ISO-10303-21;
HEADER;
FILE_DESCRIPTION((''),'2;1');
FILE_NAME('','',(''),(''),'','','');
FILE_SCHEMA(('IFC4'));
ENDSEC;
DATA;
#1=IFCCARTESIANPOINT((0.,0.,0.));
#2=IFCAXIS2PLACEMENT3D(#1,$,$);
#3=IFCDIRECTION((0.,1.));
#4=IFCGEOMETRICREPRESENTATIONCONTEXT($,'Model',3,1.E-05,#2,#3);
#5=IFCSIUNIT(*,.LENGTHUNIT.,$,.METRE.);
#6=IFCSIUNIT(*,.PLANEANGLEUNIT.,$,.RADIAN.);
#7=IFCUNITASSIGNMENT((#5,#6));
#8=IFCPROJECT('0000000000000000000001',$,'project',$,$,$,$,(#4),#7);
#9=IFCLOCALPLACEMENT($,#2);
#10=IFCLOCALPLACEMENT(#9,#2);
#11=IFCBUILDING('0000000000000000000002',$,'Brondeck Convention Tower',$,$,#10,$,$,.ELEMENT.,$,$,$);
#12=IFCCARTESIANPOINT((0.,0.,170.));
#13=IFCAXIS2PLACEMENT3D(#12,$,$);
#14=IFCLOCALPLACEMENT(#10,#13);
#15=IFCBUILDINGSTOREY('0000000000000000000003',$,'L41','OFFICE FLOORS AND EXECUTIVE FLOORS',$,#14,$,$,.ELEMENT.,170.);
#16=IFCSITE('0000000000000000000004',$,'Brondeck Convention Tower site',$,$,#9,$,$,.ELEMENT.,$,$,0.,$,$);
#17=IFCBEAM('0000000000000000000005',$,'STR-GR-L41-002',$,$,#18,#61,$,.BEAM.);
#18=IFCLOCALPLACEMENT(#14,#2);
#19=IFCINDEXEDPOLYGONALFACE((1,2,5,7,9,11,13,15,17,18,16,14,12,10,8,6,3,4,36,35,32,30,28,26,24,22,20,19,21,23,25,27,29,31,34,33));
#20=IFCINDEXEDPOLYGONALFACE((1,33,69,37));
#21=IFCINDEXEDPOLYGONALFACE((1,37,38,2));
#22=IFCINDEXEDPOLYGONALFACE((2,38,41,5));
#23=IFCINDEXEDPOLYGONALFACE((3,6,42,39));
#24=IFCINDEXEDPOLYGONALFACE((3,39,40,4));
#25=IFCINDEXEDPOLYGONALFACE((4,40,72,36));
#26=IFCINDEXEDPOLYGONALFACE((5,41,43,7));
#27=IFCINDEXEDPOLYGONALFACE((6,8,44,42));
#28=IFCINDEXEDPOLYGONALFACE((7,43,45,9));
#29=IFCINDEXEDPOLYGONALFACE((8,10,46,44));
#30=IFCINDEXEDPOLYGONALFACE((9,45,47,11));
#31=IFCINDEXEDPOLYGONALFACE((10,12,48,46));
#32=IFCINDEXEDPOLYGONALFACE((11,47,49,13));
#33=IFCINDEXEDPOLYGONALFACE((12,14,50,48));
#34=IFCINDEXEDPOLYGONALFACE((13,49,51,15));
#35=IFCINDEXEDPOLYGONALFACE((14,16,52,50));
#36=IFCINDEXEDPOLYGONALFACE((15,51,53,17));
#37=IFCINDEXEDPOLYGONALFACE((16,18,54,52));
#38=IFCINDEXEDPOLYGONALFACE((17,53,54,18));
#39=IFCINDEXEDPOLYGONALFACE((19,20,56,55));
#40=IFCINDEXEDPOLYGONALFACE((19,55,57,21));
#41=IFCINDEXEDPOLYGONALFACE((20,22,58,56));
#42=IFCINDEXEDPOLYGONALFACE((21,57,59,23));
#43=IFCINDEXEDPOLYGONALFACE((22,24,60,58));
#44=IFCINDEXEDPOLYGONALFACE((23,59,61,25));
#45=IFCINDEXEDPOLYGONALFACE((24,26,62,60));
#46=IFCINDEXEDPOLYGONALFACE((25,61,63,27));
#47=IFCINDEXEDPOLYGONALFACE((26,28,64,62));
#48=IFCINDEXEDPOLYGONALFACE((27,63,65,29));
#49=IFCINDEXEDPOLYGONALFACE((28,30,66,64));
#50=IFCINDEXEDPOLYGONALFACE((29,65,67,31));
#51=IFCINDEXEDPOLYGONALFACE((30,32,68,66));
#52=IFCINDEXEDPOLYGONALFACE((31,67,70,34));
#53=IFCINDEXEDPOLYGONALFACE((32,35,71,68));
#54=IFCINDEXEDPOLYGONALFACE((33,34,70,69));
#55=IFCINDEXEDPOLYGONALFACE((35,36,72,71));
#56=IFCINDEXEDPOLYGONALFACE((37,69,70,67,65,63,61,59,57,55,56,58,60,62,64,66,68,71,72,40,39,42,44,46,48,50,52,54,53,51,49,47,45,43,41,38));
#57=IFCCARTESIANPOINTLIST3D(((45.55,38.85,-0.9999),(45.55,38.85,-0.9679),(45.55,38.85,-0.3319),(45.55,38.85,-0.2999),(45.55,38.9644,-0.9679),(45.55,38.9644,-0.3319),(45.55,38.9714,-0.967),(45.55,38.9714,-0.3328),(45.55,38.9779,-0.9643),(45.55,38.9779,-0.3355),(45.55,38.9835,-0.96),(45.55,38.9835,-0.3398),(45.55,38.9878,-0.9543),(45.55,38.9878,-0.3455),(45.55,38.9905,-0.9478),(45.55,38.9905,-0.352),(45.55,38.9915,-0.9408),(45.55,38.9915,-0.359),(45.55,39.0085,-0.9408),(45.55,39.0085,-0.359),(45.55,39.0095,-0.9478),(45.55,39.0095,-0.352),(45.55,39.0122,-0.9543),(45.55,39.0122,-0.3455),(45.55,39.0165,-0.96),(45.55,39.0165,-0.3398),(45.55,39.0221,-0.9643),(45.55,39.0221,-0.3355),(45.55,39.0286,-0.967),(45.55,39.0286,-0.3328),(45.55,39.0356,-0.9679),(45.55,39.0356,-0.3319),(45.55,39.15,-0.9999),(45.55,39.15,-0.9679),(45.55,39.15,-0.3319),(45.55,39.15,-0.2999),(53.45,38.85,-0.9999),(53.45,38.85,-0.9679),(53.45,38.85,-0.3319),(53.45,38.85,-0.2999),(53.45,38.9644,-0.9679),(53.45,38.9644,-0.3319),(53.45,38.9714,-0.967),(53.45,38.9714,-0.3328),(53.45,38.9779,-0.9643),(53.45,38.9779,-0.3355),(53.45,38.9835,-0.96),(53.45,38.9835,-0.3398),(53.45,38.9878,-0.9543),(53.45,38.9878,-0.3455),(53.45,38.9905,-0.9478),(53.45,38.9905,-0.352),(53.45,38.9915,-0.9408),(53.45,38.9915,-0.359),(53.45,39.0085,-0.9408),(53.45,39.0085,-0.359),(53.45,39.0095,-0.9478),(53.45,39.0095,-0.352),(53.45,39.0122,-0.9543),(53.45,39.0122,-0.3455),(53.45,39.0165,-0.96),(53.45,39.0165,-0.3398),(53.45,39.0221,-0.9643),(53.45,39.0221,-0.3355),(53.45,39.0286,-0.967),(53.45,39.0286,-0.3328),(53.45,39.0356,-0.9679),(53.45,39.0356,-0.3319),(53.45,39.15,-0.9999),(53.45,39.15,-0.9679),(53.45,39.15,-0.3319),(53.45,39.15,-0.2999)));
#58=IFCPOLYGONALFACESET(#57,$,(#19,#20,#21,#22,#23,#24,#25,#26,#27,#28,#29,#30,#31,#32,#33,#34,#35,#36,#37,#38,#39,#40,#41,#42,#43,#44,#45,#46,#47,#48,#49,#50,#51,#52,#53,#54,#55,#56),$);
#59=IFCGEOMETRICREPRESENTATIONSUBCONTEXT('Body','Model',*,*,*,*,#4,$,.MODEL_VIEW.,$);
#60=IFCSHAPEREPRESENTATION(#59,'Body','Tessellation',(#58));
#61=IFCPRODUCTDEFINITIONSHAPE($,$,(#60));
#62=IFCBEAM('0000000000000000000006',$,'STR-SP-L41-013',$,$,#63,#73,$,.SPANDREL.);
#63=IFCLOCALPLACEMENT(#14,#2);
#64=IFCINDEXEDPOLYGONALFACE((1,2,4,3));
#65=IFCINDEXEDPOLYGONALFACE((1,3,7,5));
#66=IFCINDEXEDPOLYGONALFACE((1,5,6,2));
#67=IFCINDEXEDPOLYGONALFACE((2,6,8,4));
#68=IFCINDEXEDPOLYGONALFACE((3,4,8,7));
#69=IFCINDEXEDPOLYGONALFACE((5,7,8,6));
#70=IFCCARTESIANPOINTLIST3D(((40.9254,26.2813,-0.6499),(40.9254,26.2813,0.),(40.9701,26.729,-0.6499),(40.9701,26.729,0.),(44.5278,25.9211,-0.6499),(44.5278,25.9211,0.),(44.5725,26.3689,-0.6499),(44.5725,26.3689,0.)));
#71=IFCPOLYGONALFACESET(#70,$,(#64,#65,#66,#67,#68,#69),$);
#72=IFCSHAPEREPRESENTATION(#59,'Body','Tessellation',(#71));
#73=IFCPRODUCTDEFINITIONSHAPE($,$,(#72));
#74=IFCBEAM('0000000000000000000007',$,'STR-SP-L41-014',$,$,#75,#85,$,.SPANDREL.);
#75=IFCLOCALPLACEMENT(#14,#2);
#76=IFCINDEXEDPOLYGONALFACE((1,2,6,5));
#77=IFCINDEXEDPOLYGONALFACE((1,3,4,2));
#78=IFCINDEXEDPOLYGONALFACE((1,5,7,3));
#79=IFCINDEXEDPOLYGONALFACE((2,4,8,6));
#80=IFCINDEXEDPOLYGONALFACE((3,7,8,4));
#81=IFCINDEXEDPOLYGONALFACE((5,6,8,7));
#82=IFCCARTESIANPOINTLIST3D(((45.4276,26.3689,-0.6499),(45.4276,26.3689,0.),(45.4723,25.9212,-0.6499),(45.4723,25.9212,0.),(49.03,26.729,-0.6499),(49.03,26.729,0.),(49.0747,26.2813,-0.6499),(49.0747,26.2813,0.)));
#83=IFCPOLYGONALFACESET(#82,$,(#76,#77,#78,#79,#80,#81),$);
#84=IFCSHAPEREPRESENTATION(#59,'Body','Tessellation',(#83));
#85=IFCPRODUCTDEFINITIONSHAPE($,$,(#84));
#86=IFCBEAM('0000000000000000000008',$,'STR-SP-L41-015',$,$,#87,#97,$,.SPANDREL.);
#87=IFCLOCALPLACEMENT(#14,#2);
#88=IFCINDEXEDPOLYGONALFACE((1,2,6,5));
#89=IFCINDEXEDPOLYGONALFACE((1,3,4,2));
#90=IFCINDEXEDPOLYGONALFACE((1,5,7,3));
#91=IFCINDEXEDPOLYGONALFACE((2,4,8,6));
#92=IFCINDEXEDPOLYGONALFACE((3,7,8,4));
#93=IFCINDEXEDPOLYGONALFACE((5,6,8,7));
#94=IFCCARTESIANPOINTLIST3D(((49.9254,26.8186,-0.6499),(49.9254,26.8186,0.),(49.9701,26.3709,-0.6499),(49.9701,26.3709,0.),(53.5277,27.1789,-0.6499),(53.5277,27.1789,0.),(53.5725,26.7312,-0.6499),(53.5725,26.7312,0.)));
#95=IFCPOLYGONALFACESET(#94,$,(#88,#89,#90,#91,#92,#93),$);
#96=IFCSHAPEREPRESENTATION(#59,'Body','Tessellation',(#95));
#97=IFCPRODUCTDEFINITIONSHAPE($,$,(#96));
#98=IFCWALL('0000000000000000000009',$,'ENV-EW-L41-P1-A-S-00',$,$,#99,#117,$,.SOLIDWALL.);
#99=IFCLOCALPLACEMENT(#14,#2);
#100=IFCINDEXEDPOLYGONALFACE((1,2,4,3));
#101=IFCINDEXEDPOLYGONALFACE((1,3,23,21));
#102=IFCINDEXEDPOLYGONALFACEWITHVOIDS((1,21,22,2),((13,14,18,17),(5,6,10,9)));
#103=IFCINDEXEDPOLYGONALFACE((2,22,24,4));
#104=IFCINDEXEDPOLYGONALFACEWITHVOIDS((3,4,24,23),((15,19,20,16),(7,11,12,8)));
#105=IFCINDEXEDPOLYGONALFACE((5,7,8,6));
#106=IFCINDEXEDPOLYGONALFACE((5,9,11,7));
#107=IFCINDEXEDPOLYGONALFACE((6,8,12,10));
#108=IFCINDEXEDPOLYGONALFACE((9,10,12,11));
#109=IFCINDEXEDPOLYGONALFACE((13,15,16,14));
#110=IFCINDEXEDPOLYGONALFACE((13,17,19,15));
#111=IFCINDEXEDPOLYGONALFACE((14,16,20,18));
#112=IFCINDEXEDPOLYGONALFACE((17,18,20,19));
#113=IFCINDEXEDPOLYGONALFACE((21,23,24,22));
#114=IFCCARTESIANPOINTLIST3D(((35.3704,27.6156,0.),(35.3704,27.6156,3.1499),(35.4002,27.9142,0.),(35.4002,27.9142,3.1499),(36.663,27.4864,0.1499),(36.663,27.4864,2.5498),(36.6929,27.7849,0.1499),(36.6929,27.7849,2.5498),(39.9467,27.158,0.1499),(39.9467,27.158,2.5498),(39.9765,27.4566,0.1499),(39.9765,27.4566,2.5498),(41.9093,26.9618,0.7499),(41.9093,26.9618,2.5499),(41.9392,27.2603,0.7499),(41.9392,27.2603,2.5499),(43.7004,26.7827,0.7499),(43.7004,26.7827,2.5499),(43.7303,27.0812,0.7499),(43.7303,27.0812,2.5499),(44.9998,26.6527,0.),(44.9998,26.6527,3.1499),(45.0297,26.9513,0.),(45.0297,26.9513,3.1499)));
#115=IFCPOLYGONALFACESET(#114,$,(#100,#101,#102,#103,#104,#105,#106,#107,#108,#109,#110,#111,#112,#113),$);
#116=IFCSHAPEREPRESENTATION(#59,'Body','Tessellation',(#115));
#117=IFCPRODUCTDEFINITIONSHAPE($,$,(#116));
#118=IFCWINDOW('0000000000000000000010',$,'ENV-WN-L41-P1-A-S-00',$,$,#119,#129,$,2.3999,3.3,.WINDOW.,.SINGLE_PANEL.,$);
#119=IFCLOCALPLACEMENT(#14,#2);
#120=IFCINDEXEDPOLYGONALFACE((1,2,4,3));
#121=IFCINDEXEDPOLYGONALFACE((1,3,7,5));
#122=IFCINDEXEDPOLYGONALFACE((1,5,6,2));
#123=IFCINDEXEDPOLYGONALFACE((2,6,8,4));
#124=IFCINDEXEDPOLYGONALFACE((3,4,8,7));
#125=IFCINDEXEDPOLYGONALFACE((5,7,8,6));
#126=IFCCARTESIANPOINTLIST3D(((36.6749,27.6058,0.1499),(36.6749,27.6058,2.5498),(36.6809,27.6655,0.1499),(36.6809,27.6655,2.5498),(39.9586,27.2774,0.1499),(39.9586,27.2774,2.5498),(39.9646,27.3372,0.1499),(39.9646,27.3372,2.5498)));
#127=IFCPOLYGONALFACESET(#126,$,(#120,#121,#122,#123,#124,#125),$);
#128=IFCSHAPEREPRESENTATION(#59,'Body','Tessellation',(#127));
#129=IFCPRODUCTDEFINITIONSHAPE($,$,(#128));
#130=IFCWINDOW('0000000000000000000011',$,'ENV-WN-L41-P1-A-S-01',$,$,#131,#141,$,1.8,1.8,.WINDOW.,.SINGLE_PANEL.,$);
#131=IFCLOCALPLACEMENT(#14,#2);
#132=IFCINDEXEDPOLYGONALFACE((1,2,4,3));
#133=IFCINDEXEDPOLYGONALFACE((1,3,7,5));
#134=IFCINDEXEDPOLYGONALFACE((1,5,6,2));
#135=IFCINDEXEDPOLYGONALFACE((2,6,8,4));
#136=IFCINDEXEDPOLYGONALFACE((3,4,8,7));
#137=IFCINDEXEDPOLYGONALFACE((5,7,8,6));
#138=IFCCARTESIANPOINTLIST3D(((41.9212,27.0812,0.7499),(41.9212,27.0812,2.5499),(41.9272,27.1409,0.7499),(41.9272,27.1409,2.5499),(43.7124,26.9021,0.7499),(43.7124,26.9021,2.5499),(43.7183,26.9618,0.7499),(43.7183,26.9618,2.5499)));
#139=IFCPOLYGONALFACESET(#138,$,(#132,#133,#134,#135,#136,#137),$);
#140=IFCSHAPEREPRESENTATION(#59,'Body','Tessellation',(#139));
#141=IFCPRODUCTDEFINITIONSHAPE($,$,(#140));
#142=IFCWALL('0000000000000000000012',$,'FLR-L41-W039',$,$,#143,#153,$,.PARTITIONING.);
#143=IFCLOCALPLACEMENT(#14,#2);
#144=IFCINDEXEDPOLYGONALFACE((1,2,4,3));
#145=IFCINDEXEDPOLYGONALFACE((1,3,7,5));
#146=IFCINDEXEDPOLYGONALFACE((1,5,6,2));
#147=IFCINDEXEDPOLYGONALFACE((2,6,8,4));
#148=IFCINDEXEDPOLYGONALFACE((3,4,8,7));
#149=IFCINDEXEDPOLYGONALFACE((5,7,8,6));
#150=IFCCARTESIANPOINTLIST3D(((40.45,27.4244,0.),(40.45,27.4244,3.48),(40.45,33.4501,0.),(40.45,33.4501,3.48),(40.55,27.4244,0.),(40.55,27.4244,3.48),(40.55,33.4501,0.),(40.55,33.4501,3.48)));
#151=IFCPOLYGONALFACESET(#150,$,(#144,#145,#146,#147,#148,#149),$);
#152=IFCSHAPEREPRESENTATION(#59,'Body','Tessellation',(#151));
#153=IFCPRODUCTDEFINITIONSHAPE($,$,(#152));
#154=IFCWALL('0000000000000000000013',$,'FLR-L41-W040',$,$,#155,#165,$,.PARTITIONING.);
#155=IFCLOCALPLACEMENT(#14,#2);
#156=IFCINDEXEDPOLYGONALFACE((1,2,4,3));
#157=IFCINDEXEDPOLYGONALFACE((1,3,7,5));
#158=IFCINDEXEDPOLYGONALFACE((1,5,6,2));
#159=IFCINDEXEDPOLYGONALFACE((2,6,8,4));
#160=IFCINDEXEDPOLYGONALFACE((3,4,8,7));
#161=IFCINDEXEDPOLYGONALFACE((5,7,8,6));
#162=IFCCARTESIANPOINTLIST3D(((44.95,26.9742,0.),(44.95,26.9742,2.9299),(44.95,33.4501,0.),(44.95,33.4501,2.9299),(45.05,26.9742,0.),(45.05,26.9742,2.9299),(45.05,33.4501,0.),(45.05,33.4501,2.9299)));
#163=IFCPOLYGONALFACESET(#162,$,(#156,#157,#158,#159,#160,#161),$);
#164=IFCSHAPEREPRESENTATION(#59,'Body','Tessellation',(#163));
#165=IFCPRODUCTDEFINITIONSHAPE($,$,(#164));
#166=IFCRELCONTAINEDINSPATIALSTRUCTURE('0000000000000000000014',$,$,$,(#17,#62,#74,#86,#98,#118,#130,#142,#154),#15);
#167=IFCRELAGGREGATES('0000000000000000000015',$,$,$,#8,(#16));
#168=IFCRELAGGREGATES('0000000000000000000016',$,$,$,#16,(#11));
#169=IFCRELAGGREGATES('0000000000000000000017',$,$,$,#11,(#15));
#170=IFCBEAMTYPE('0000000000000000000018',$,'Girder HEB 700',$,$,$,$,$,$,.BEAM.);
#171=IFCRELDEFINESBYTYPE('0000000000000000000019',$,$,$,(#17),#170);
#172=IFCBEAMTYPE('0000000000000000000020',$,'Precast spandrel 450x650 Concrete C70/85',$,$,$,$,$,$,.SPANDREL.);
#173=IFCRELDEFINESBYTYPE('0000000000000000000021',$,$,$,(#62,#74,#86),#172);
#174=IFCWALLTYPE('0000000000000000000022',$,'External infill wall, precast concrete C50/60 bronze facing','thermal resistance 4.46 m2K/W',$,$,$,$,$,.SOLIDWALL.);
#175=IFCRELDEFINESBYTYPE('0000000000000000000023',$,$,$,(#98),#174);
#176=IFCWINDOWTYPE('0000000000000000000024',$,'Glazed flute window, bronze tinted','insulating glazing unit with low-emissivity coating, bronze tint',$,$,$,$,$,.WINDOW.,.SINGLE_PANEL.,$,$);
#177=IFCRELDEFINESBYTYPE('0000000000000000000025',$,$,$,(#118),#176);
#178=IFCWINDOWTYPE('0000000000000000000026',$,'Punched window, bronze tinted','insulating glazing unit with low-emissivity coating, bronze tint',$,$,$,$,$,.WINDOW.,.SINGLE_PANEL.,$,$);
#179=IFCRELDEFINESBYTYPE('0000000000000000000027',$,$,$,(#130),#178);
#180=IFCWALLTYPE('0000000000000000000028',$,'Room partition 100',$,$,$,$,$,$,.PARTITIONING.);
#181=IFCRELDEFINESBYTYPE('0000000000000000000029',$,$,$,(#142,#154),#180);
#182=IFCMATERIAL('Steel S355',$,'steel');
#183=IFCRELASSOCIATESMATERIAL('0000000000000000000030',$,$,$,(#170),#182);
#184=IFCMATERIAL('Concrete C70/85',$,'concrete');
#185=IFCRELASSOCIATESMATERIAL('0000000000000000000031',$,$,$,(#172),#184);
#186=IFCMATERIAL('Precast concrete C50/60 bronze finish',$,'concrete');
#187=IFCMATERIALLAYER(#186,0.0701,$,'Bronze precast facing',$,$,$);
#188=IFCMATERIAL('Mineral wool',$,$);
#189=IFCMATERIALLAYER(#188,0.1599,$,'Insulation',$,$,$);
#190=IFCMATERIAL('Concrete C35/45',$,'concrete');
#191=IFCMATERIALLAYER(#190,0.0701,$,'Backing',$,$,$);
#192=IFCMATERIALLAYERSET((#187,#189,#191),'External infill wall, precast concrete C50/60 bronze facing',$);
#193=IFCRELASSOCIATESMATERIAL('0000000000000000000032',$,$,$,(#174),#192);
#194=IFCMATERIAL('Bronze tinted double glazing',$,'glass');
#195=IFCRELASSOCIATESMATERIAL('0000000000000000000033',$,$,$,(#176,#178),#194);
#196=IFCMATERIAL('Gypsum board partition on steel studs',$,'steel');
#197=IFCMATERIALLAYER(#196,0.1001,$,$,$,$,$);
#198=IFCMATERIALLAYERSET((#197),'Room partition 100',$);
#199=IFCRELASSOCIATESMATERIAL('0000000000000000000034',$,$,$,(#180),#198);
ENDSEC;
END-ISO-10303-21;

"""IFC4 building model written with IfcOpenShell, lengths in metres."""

from ifc_helpers import new_model, si_unit, direction, frame, frame_2d, origin, origin_2d, place, context, subcontext, project, spatial, rectangle, i_section, extrude, material, layer, layer_set, material_profile, profile_set, type_object, element, fill, save


model = new_model("IFC4")

# Units and contexts
model_context = context("Model", 3, precision=1e-05, world=origin(), true_north=direction((0.0, 1.0)))
body_context = subcontext(model_context, "Body", "Model", "MODEL_VIEW")
ifc_project = project(units=[si_unit("LENGTHUNIT", "METRE"), si_unit("PLANEANGLEUNIT", "RADIAN")], contexts=[model_context])

# Site, building, storey
site_placement = place(None, origin())
site = spatial("IfcSite", under=ifc_project, at=site_placement, Name="Brondeck Convention Tower site", CompositionType="ELEMENT", RefElevation=0.0)
building_placement = place(site_placement, origin())
building = spatial("IfcBuilding", under=site, at=building_placement, Name="Brondeck Convention Tower", CompositionType="ELEMENT")
storey_placement = place(building_placement, frame((0.0, 0.0, 170.0)))
storey = spatial("IfcBuildingStorey", under=building, at=storey_placement, Name="L41", Description="OFFICE FLOORS AND EXECUTIVE FLOORS", CompositionType="ELEMENT", Elevation=170.0)

# Shared definitions
ifc_material_1 = material(Name="Concrete C70/85", Category="concrete")

# Beams
ifc_material_2 = material(Name="Steel S355", Category="steel")
ifc_material_profile_1 = material_profile(ifc_material_2, i_section(OverallWidth=0.3, OverallDepth=0.7, WebThickness=0.0171, FlangeThickness=0.032, FilletRadius=0.0271, at=origin_2d()), Name="HEB 700")
ifc_profile_set_1 = profile_set([ifc_material_profile_1], Name="Steel S355")
beam_type_1 = type_object("IfcBeamType", Name="Girder HEB 700", PredefinedType="BEAM", material=ifc_profile_set_1)
beam_1_placement = place(storey_placement, frame((45.55, 39.0, -0.6499), z_axis=(1.0, 0.0, 0.0), x_axis=(0.0, 1.0, 0.0)))
element("IfcBeam", 1, at=beam_1_placement, inside=storey, type_object=beam_type_1, Name="STR-GR-L41-002", PredefinedType="BEAM", context=body_context, shape_type="SweptSolid", body=[
    extrude(i_section(OverallWidth=0.3, OverallDepth=0.7, WebThickness=0.0171, FlangeThickness=0.032, FilletRadius=0.0271, at=origin_2d()), origin(), (0.0, 0.0, 1.0), 7.8999),
])
ifc_material_profile_2 = material_profile(ifc_material_1, rectangle(XDim=0.45, YDim=0.6499, at=origin_2d()), Name="Precast spandrel 450x650 Concrete C70/85")
ifc_profile_set_2 = profile_set([ifc_material_profile_2], Name="Concrete C70/85")
beam_type_2 = type_object("IfcBeamType", Name="Precast spandrel 450x650 Concrete C70/85", PredefinedType="SPANDREL", material=ifc_profile_set_2)
for number, where, z_axis, x_axis, name in (
    (2, (40.9478, 26.5051, -0.325), (0.995041, -0.09947, 0.0), (0.09947, 0.995041, 0.0), "STR-SP-L41-013"),
    (3, (45.45, 26.145, -0.325), (0.995041, 0.09947, 0.0), (-0.09947, 0.995041, 0.0), "STR-SP-L41-014"),
    (4, (49.9478, 26.5947, -0.325), (0.995034, 0.099537, 0.0), (-0.099537, 0.995034, 0.0), "STR-SP-L41-015"),
):
    element("IfcBeam", number, at=place(storey_placement, frame(where, z_axis=z_axis, x_axis=x_axis)), inside=storey, type_object=beam_type_2, Name=name, PredefinedType="SPANDREL", context=body_context, shape_type="SweptSolid", body=[
        extrude(rectangle(XDim=0.45, YDim=0.6499, at=origin_2d()), origin(), (0.0, 0.0, 1.0), 3.6204),
    ])

# Wall, openings, windows
ifc_material_3 = material(Name="Precast concrete C50/60 bronze finish", Category="concrete")
ifc_layer_1 = layer(ifc_material_3, 0.0701, Name="Bronze precast facing")
ifc_material_4 = material(Name="Mineral wool")
ifc_layer_2 = layer(ifc_material_4, 0.1599, Name="Insulation")
ifc_material_5 = material(Name="Concrete C35/45", Category="concrete")
ifc_layer_3 = layer(ifc_material_5, 0.0701, Name="Backing")
ifc_layer_set_1 = layer_set([ifc_layer_1, ifc_layer_2, ifc_layer_3], Name="External infill wall, precast concrete C50/60 bronze facing")
wall_type_1 = type_object("IfcWallType", Name="External infill wall, precast concrete C50/60 bronze facing", Description="thermal resistance 4.46 m2K/W", PredefinedType="SOLIDWALL", material=ifc_layer_set_1)
wall_1_placement = place(storey_placement, frame((45.0149, 26.802, 0.0), z_axis=(0.0, 0.0, 1.0), x_axis=(-0.995038, 0.099499, 0.0)))
wall_1 = element("IfcWall", 5, at=wall_1_placement, inside=storey, type_object=wall_type_1, Name="ENV-EW-L41-P1-A-S-00", PredefinedType="SOLIDWALL", context=body_context, shape_type="SweptSolid", body=[
    extrude(rectangle(XDim=9.6775, YDim=0.3, at=frame_2d((4.8389, 0.0))), origin(), (0.0, 0.0, 1.0), 3.1499),
])
opening_1_placement = place(wall_1_placement, frame((1.3062, 0.0, 0.75)))
opening_1 = element("IfcOpeningElement", 6, at=opening_1_placement, cuts=wall_1, PredefinedType="OPENING", context=body_context, shape_type="SweptSolid", body=[
    extrude(rectangle(XDim=1.8, YDim=1.8, at=frame_2d((0.8999, 0.8999))), frame((0.0, 0.1599, 0.0), z_axis=(0.0, -1.0, 0.0), x_axis=(1.0, 0.0, 0.0)), (0.0, 0.0, 1.0), 0.3201),
])
opening_2_placement = place(wall_1_placement, frame((5.0786, 0.0, 0.1499)))
opening_2 = element("IfcOpeningElement", 7, at=opening_2_placement, cuts=wall_1, PredefinedType="OPENING", context=body_context, shape_type="SweptSolid", body=[
    extrude(rectangle(XDim=3.3, YDim=2.3999, at=frame_2d((1.6499, 1.2))), frame((0.0, 0.1599, 0.0), z_axis=(0.0, -1.0, 0.0), x_axis=(1.0, 0.0, 0.0)), (0.0, 0.0, 1.0), 0.3201),
])
ifc_material_6 = material(Name="Bronze tinted double glazing", Category="glass")
window_type_1 = type_object("IfcWindowType", Name="Glazed flute window, bronze tinted", Description="insulating glazing unit with low-emissivity coating, bronze tint", PartitioningType="SINGLE_PANEL", PredefinedType="WINDOW", material=ifc_material_6)
window_1_placement = place(opening_2_placement, origin())
window_1 = element("IfcWindow", 8, at=window_1_placement, inside=storey, type_object=window_type_1, Name="ENV-WN-L41-P1-A-S-00", OverallHeight=2.3999, OverallWidth=3.3, PartitioningType="SINGLE_PANEL", PredefinedType="WINDOW", context=body_context, shape_type="SweptSolid", body=[
    extrude(rectangle(XDim=3.3, YDim=2.3999, at=frame_2d((1.6499, 1.2))), frame((0.0, 0.03, 0.0), z_axis=(0.0, -1.0, 0.0), x_axis=(1.0, 0.0, 0.0)), (0.0, 0.0, 1.0), 0.0601),
])
fill(opening_2, window_1)
window_type_2 = type_object("IfcWindowType", Name="Punched window, bronze tinted", Description="insulating glazing unit with low-emissivity coating, bronze tint", PartitioningType="SINGLE_PANEL", PredefinedType="WINDOW", material=ifc_material_6)
window_2_placement = place(opening_1_placement, origin())
window_2 = element("IfcWindow", 9, at=window_2_placement, inside=storey, type_object=window_type_2, Name="ENV-WN-L41-P1-A-S-01", OverallHeight=1.8, OverallWidth=1.8, PartitioningType="SINGLE_PANEL", PredefinedType="WINDOW", context=body_context, shape_type="SweptSolid", body=[
    extrude(rectangle(XDim=1.8, YDim=1.8, at=frame_2d((0.8999, 0.8999))), frame((0.0, 0.03, 0.0), z_axis=(0.0, -1.0, 0.0), x_axis=(1.0, 0.0, 0.0)), (0.0, 0.0, 1.0), 0.0601),
])
fill(opening_1, window_2)

# Walls
ifc_material_7 = material(Name="Gypsum board partition on steel studs", Category="steel")
ifc_layer_4 = layer(ifc_material_7, 0.1001)
ifc_layer_set_2 = layer_set([ifc_layer_4], Name="Room partition 100")
wall_type_2 = type_object("IfcWallType", Name="Room partition 100", PredefinedType="PARTITIONING", material=ifc_layer_set_2)
wall_2_placement = place(storey_placement, frame((40.5, 33.45, 0.0), z_axis=(0.0, 0.0, 1.0), x_axis=(0.0, -1.0, 0.0)))
element("IfcWall", 10, at=wall_2_placement, inside=storey, type_object=wall_type_2, Name="FLR-L41-W039", PredefinedType="PARTITIONING", context=body_context, shape_type="SweptSolid", body=[
    extrude(rectangle(XDim=6.0256, YDim=0.1001, at=frame_2d((3.0127, 0.0))), origin(), (0.0, 0.0, 1.0), 3.48),
])
wall_3_placement = place(storey_placement, frame((45.0, 33.45, 0.0), z_axis=(0.0, 0.0, 1.0), x_axis=(0.0, -1.0, 0.0)))
element("IfcWall", 11, at=wall_3_placement, inside=storey, type_object=wall_type_2, Name="FLR-L41-W040", PredefinedType="PARTITIONING", context=body_context, shape_type="SweptSolid", body=[
    extrude(rectangle(XDim=6.4758, YDim=0.1001, at=frame_2d((3.2378, 0.0))), origin(), (0.0, 0.0, 1.0), 2.9299),
])

save(model, "model.ifc")
